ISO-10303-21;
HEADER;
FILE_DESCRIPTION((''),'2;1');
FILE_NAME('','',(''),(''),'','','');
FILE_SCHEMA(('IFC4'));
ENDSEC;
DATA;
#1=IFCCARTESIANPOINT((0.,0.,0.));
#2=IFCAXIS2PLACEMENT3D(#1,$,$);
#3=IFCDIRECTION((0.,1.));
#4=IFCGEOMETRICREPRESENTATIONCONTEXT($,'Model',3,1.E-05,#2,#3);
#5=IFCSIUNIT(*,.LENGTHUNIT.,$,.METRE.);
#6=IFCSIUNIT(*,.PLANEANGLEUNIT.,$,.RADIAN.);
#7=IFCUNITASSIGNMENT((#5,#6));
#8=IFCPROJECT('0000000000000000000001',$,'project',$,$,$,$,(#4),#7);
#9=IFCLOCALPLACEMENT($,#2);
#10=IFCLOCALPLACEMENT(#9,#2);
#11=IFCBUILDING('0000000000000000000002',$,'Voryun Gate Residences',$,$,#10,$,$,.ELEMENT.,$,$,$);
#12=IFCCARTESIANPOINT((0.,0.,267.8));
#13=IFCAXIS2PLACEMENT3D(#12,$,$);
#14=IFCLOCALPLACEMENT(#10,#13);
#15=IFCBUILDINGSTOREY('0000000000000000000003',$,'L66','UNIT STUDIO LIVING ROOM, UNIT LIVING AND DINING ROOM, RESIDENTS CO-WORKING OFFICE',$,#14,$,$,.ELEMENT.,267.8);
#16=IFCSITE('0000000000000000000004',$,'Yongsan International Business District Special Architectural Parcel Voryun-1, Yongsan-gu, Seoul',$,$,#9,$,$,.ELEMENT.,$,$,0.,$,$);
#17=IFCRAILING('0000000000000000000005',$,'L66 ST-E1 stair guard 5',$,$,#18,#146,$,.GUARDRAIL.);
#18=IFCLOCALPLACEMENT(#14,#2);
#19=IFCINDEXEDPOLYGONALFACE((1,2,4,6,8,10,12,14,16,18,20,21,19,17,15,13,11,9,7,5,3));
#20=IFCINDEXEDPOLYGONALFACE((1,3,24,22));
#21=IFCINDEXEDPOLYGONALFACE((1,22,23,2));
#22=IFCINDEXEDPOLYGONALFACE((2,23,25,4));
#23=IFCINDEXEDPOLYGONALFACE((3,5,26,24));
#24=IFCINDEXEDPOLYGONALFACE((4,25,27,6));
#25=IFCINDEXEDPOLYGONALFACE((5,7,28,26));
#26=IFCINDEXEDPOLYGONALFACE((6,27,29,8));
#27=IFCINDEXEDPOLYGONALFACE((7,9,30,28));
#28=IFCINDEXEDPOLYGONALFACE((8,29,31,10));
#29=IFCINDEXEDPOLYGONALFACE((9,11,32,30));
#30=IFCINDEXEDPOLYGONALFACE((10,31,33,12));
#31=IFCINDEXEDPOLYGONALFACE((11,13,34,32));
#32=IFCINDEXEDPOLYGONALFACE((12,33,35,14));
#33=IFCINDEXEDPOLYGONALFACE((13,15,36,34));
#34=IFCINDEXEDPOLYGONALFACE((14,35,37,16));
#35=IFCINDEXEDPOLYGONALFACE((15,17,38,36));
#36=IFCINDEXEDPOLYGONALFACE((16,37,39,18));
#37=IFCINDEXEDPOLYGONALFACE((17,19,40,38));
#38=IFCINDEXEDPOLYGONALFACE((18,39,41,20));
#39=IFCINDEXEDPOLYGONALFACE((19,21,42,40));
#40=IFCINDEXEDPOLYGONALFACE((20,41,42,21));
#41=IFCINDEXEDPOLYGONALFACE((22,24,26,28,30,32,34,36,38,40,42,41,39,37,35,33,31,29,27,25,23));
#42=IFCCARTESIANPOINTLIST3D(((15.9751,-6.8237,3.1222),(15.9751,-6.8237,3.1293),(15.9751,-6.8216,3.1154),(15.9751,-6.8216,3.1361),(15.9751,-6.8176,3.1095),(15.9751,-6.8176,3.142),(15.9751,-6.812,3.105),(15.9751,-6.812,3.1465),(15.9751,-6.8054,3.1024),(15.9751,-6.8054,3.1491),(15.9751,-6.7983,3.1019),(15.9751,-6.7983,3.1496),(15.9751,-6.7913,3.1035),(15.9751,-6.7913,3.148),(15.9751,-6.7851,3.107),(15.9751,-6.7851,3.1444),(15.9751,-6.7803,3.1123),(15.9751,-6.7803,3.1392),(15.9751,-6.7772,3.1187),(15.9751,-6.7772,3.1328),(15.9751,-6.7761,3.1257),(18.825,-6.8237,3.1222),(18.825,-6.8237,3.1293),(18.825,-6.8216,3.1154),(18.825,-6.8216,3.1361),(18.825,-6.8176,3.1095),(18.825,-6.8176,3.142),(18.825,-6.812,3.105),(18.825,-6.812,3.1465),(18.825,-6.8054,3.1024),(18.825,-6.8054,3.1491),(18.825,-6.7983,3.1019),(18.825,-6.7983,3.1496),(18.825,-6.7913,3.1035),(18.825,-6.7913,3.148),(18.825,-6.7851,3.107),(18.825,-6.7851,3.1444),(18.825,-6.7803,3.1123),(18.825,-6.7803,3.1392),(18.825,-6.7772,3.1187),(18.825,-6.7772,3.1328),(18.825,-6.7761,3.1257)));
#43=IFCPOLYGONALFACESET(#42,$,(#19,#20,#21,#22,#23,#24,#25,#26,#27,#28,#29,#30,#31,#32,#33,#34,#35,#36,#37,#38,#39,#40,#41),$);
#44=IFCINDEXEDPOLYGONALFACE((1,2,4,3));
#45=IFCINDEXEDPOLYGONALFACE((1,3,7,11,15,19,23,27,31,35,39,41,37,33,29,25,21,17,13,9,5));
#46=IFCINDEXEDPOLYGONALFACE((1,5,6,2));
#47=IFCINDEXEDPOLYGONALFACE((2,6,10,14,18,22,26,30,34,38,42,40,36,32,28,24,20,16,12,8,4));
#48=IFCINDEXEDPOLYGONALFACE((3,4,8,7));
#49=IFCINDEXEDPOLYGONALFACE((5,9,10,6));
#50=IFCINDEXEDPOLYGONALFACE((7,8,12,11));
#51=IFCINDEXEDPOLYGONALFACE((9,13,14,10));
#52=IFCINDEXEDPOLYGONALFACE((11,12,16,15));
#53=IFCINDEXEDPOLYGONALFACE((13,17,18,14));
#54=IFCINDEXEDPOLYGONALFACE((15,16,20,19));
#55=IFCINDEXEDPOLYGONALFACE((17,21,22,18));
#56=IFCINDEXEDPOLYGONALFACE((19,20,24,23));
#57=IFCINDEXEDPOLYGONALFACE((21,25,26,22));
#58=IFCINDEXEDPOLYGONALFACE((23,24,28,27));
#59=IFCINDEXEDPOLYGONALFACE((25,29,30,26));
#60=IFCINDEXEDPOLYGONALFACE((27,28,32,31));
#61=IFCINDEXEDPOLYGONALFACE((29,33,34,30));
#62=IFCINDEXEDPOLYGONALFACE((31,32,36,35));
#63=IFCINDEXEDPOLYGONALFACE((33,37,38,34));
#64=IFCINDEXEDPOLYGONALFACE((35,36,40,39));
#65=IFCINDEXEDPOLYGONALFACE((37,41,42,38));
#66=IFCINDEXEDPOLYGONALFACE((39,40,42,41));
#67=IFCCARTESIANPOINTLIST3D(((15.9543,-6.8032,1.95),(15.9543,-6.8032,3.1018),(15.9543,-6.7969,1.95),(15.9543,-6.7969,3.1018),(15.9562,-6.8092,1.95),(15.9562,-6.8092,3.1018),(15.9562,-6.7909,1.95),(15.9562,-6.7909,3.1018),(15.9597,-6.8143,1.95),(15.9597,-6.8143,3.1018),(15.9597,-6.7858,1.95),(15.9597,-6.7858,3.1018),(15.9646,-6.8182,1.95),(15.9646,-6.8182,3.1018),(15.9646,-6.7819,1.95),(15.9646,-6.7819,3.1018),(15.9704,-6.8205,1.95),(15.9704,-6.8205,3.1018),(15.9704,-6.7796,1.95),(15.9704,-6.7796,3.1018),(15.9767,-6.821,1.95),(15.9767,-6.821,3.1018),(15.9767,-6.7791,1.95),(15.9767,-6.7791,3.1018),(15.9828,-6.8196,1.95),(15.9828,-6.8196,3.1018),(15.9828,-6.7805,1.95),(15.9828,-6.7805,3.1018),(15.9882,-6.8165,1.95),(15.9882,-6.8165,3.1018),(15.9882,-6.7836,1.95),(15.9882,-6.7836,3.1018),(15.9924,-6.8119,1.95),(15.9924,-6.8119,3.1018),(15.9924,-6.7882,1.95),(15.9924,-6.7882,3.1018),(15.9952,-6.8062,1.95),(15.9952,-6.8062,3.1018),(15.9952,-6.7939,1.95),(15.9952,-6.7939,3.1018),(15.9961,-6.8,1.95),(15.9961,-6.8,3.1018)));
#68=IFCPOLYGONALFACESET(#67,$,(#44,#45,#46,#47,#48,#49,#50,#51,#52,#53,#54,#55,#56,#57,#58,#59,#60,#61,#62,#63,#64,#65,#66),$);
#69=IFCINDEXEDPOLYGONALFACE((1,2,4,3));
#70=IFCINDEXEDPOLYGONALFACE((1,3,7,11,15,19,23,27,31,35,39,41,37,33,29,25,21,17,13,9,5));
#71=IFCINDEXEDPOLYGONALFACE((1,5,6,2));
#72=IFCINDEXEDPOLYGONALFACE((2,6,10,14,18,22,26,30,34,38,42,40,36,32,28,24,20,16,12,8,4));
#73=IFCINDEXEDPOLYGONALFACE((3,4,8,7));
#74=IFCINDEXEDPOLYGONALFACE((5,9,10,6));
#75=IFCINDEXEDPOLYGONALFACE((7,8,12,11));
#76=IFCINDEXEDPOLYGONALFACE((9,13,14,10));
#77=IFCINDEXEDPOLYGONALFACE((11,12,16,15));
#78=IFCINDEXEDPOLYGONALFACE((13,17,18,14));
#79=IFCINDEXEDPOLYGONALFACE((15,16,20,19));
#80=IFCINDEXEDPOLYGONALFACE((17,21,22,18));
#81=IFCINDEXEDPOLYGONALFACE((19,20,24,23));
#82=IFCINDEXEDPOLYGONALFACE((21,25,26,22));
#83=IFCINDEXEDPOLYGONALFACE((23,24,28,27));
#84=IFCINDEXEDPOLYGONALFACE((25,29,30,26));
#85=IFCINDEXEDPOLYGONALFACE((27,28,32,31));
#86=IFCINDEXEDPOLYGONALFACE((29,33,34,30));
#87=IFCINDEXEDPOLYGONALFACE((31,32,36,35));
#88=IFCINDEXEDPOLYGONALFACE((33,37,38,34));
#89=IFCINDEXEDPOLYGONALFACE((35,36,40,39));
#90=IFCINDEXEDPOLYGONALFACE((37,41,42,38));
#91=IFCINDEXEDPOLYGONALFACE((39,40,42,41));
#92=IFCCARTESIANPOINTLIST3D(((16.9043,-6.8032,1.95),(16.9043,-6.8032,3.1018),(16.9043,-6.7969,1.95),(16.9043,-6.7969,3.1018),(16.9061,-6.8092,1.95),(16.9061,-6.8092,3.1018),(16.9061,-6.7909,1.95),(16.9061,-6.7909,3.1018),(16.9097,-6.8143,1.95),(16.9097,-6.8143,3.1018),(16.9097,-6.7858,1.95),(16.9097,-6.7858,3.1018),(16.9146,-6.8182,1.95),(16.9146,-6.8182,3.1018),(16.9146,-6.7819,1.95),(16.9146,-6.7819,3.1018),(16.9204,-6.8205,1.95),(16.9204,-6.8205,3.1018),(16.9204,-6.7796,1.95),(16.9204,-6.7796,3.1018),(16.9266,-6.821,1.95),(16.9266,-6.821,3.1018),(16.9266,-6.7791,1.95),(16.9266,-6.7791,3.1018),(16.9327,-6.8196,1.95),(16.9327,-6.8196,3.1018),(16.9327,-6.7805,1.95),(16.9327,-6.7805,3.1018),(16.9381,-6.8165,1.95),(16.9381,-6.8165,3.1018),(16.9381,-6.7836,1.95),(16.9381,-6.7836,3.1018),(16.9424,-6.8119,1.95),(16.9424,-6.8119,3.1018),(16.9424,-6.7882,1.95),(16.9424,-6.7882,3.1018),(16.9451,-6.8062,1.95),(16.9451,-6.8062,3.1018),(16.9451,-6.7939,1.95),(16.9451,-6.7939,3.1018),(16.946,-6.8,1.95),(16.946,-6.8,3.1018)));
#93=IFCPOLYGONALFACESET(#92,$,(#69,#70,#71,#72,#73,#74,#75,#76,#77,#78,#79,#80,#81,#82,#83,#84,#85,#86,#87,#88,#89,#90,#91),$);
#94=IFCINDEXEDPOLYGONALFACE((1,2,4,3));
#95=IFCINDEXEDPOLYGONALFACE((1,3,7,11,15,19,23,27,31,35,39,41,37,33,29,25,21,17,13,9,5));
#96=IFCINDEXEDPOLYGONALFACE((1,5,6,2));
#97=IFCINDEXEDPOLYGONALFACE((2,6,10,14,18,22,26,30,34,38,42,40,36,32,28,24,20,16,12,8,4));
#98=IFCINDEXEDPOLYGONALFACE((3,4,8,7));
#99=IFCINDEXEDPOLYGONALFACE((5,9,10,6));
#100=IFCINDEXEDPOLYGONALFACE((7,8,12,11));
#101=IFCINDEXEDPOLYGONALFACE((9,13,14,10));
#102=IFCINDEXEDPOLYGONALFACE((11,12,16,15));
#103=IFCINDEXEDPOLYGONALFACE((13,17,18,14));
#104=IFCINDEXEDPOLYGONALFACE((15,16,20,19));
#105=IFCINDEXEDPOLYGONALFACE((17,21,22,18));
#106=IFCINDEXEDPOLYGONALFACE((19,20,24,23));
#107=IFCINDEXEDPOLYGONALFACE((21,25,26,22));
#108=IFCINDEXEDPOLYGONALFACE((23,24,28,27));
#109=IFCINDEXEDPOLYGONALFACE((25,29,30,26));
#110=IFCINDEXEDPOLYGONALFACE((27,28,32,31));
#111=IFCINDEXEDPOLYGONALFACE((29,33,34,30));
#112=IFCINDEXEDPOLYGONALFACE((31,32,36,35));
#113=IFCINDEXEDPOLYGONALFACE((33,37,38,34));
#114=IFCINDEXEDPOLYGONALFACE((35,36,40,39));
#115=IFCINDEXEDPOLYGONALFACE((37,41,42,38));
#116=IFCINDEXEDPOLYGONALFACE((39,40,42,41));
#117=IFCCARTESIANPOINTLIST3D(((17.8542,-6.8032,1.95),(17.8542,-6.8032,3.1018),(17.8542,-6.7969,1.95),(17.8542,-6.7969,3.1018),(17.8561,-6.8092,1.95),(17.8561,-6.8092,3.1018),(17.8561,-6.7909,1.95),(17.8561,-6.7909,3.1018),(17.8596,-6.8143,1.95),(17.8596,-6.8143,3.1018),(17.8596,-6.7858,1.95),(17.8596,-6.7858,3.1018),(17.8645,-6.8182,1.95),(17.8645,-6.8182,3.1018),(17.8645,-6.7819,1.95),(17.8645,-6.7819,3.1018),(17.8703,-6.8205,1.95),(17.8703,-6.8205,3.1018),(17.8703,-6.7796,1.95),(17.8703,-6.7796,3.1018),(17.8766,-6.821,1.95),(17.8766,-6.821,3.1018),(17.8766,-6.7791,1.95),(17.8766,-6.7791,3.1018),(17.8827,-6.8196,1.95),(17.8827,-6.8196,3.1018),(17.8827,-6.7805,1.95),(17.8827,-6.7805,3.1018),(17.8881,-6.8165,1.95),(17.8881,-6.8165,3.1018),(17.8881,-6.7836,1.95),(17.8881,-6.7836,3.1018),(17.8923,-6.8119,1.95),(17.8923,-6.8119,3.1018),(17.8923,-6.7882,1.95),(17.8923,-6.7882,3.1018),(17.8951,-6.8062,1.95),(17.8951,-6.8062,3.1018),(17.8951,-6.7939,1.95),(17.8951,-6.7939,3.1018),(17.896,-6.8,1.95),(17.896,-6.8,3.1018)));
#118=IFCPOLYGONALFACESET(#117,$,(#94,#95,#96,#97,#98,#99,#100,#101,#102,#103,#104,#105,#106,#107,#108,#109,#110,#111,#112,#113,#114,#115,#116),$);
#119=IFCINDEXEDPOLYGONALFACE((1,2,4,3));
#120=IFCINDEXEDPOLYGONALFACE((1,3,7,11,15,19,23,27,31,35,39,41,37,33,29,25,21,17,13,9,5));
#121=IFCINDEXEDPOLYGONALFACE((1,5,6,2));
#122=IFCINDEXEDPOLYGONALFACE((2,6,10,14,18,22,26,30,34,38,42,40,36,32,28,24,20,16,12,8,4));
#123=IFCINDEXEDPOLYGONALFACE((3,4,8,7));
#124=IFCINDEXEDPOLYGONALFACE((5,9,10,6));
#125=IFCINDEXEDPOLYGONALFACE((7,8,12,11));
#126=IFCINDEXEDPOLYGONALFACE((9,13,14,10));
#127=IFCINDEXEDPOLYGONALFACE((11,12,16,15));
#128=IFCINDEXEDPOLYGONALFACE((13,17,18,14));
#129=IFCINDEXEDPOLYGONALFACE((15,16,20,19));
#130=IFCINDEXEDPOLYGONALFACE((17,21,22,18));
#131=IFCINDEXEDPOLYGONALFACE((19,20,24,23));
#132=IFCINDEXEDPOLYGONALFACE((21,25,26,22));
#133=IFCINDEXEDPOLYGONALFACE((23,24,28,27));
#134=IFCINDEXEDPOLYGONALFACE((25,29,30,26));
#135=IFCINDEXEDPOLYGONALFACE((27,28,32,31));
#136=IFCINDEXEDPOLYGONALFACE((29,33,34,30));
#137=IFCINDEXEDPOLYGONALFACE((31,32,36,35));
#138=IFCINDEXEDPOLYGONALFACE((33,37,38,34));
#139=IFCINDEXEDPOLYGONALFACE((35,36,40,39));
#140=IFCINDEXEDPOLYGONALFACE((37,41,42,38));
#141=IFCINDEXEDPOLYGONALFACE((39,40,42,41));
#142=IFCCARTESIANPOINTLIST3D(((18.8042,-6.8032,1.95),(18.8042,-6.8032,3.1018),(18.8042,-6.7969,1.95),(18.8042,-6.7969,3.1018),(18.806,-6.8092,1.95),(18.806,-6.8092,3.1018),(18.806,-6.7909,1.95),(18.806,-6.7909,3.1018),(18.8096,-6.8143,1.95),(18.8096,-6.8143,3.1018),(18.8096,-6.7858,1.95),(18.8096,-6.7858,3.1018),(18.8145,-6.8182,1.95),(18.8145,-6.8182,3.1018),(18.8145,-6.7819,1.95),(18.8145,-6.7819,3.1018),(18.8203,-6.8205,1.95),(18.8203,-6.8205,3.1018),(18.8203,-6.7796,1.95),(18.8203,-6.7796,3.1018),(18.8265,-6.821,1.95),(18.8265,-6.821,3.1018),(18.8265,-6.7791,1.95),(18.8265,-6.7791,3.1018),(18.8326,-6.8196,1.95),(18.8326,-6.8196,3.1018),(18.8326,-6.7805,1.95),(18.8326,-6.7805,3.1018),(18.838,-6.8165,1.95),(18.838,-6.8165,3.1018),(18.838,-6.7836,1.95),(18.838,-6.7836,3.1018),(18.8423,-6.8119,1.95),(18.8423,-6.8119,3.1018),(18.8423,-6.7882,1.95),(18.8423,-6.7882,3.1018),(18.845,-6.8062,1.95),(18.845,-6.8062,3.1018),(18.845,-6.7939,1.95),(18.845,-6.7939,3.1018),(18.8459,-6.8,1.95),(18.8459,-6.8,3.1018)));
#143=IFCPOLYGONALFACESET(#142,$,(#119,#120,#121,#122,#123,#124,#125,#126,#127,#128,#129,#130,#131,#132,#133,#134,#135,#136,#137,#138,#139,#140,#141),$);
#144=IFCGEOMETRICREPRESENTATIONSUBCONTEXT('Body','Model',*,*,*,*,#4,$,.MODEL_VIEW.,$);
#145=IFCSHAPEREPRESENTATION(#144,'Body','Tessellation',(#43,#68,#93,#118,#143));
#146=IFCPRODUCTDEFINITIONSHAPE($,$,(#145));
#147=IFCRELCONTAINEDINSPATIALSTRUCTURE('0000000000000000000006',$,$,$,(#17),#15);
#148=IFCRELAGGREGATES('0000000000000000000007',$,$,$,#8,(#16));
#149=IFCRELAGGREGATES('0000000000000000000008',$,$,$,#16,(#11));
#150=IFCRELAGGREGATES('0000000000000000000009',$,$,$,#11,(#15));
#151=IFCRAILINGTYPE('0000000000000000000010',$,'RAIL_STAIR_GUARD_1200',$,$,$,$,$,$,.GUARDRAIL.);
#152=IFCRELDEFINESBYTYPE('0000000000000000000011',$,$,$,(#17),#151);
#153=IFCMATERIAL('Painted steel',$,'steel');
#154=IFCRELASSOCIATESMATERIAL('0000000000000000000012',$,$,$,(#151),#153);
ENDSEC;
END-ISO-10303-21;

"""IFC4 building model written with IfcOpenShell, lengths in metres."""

from ifc_helpers import new_model, si_unit, direction, frame, origin, origin_2d, place, context, subcontext, project, spatial, circle, extrude, material, type_object, element, save


model = new_model("IFC4")

# Units and contexts
model_context = context("Model", 3, precision=1e-05, world=origin(), true_north=direction((0.0, 1.0)))
body_context = subcontext(model_context, "Body", "Model", "MODEL_VIEW")
ifc_project = project(units=[si_unit("LENGTHUNIT", "METRE"), si_unit("PLANEANGLEUNIT", "RADIAN")], contexts=[model_context])

# Site, building, storey
site_placement = place(None, origin())
site = spatial("IfcSite", under=ifc_project, at=site_placement, Name="Yongsan International Business District Special Architectural Parcel Voryun-1, Yongsan-gu, Seoul", CompositionType="ELEMENT", RefElevation=0.0)
building_placement = place(site_placement, origin())
building = spatial("IfcBuilding", under=site, at=building_placement, Name="Voryun Gate Residences", CompositionType="ELEMENT")
storey_placement = place(building_placement, frame((0.0, 0.0, 267.8)))
storey = spatial("IfcBuildingStorey", under=building, at=storey_placement, Name="L66", Description="UNIT STUDIO LIVING ROOM, UNIT LIVING AND DINING ROOM, RESIDENTS CO-WORKING OFFICE", CompositionType="ELEMENT", Elevation=267.8)

# Railing
ifc_material_1 = material(Name="Painted steel", Category="steel")
railing_type_1 = type_object("IfcRailingType", Name="RAIL_STAIR_GUARD_1200", PredefinedType="GUARDRAIL", material=ifc_material_1)
railing_1_placement = place(storey_placement, frame((15.9751, -6.8, 1.95)))
element("IfcRailing", 1, at=railing_1_placement, inside=storey, type_object=railing_type_1, Name="L66 ST-E1 stair guard 5", PredefinedType="GUARDRAIL", context=body_context, shape_type="SweptSolid", body=[
    extrude(circle(Radius=0.0239, at=origin_2d()), frame((0.0, 0.0, 1.1758), z_axis=(1.0, 0.0, 0.0), x_axis=(0.0, 1.0, 0.0)), (0.0, 0.0, 1.0), 2.8499),
    extrude(circle(Radius=0.021, at=origin_2d()), origin(), (0.0, 0.0, 1.0), 1.1519),
    extrude(circle(Radius=0.021, at=origin_2d()), frame((0.95, 0.0, 0.0)), (0.0, 0.0, 1.0), 1.1519),
    extrude(circle(Radius=0.021, at=origin_2d()), frame((1.8999, 0.0, 0.0)), (0.0, 0.0, 1.0), 1.1519),
    extrude(circle(Radius=0.021, at=origin_2d()), frame((2.8499, 0.0, 0.0)), (0.0, 0.0, 1.0), 1.1519),
])

save(model, "model.ifc")
